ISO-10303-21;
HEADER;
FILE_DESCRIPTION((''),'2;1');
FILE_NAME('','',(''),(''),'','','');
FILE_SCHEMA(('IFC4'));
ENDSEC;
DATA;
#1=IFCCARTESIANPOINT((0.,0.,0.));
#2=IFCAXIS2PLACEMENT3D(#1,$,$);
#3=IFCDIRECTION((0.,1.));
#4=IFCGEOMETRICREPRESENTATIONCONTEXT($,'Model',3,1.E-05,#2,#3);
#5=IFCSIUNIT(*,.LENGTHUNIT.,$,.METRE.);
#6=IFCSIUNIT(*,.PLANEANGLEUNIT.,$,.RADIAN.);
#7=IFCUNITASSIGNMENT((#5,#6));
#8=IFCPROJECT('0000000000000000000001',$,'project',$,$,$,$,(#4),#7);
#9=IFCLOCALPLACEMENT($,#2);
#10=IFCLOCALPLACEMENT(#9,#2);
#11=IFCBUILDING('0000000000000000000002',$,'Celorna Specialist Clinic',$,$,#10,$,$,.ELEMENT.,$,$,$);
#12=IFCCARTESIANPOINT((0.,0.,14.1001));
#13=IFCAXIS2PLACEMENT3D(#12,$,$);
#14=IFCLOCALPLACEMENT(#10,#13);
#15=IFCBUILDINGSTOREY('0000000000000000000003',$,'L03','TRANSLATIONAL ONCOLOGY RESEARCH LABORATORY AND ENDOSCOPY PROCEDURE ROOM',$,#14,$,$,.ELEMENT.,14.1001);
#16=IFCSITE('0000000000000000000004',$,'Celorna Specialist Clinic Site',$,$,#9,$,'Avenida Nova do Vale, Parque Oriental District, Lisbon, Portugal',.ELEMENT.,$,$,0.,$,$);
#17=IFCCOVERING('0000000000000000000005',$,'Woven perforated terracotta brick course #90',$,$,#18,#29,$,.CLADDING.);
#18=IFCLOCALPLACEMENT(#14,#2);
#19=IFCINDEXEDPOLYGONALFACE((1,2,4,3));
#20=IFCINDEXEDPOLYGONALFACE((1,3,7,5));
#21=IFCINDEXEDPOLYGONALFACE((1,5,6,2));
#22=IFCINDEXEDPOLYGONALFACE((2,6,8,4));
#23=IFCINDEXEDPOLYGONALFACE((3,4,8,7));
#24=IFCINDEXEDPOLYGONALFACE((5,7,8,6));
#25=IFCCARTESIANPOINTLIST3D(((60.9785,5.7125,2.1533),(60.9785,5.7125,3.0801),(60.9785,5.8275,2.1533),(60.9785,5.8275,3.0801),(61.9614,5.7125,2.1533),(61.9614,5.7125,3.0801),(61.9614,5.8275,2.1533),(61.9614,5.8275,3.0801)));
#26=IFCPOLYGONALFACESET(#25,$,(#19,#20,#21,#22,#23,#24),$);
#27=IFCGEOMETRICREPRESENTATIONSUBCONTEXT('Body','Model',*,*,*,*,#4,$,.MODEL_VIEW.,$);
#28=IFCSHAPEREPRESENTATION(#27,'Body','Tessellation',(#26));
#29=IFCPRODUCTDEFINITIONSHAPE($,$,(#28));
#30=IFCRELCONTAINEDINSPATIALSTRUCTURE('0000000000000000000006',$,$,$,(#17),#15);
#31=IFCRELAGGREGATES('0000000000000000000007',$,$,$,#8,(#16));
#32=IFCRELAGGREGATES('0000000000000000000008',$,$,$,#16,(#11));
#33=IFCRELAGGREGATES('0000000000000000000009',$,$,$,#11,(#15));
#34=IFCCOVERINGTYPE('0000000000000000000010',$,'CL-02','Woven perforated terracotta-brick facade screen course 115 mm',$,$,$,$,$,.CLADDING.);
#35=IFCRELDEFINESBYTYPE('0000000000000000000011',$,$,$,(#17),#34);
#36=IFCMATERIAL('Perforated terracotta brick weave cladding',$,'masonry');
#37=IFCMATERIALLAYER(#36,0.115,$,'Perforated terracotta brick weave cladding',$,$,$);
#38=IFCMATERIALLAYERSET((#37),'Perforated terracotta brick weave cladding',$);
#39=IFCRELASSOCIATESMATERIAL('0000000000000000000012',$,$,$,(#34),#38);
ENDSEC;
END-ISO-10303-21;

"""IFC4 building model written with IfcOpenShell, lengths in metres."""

from ifc_helpers import new_model, si_unit, direction, frame, origin, origin_2d, place, context, subcontext, project, spatial, rectangle, extrude, material, layer, layer_set, type_object, element, save


model = new_model("IFC4")

# Units and contexts
model_context = context("Model", 3, precision=1e-05, world=origin(), true_north=direction((0.0, 1.0)))
body_context = subcontext(model_context, "Body", "Model", "MODEL_VIEW")
ifc_project = project(units=[si_unit("LENGTHUNIT", "METRE"), si_unit("PLANEANGLEUNIT", "RADIAN")], contexts=[model_context])

# Site, building, storey
site_placement = place(None, origin())
site = spatial("IfcSite", under=ifc_project, at=site_placement, Name="Celorna Specialist Clinic Site", LongName="Avenida Nova do Vale, Parque Oriental District, Lisbon, Portugal", CompositionType="ELEMENT", RefElevation=0.0)
building_placement = place(site_placement, origin())
building = spatial("IfcBuilding", under=site, at=building_placement, Name="Celorna Specialist Clinic", CompositionType="ELEMENT")
storey_placement = place(building_placement, frame((0.0, 0.0, 14.1001)))
storey = spatial("IfcBuildingStorey", under=building, at=storey_placement, Name="L03", Description="TRANSLATIONAL ONCOLOGY RESEARCH LABORATORY AND ENDOSCOPY PROCEDURE ROOM", CompositionType="ELEMENT", Elevation=14.1001)

# Covering
ifc_material_1 = material(Name="Perforated terracotta brick weave cladding", Category="masonry")
ifc_layer_1 = layer(ifc_material_1, 0.115, Name="Perforated terracotta brick weave cladding")
ifc_layer_set_1 = layer_set([ifc_layer_1], Name="Perforated terracotta brick weave cladding")
covering_type = type_object("IfcCoveringType", Name="CL-02", Description="Woven perforated terracotta-brick facade screen course 115 mm", PredefinedType="CLADDING", material=ifc_layer_set_1)
covering_1_placement = place(storey_placement, frame((61.47, 5.77, 2.1533), z_axis=(0.0, 0.0, 1.0), x_axis=(1.0, 0.0, 0.0)))
element("IfcCovering", 1, at=covering_1_placement, inside=storey, type_object=covering_type, Name="Woven perforated terracotta brick course #90", PredefinedType="CLADDING", context=body_context, shape_type="SweptSolid", body=[
    extrude(rectangle(XDim=0.9829, YDim=0.115, at=origin_2d()), origin(), (0.0, 0.0, 1.0), 0.9268),
])

save(model, "model.ifc")
